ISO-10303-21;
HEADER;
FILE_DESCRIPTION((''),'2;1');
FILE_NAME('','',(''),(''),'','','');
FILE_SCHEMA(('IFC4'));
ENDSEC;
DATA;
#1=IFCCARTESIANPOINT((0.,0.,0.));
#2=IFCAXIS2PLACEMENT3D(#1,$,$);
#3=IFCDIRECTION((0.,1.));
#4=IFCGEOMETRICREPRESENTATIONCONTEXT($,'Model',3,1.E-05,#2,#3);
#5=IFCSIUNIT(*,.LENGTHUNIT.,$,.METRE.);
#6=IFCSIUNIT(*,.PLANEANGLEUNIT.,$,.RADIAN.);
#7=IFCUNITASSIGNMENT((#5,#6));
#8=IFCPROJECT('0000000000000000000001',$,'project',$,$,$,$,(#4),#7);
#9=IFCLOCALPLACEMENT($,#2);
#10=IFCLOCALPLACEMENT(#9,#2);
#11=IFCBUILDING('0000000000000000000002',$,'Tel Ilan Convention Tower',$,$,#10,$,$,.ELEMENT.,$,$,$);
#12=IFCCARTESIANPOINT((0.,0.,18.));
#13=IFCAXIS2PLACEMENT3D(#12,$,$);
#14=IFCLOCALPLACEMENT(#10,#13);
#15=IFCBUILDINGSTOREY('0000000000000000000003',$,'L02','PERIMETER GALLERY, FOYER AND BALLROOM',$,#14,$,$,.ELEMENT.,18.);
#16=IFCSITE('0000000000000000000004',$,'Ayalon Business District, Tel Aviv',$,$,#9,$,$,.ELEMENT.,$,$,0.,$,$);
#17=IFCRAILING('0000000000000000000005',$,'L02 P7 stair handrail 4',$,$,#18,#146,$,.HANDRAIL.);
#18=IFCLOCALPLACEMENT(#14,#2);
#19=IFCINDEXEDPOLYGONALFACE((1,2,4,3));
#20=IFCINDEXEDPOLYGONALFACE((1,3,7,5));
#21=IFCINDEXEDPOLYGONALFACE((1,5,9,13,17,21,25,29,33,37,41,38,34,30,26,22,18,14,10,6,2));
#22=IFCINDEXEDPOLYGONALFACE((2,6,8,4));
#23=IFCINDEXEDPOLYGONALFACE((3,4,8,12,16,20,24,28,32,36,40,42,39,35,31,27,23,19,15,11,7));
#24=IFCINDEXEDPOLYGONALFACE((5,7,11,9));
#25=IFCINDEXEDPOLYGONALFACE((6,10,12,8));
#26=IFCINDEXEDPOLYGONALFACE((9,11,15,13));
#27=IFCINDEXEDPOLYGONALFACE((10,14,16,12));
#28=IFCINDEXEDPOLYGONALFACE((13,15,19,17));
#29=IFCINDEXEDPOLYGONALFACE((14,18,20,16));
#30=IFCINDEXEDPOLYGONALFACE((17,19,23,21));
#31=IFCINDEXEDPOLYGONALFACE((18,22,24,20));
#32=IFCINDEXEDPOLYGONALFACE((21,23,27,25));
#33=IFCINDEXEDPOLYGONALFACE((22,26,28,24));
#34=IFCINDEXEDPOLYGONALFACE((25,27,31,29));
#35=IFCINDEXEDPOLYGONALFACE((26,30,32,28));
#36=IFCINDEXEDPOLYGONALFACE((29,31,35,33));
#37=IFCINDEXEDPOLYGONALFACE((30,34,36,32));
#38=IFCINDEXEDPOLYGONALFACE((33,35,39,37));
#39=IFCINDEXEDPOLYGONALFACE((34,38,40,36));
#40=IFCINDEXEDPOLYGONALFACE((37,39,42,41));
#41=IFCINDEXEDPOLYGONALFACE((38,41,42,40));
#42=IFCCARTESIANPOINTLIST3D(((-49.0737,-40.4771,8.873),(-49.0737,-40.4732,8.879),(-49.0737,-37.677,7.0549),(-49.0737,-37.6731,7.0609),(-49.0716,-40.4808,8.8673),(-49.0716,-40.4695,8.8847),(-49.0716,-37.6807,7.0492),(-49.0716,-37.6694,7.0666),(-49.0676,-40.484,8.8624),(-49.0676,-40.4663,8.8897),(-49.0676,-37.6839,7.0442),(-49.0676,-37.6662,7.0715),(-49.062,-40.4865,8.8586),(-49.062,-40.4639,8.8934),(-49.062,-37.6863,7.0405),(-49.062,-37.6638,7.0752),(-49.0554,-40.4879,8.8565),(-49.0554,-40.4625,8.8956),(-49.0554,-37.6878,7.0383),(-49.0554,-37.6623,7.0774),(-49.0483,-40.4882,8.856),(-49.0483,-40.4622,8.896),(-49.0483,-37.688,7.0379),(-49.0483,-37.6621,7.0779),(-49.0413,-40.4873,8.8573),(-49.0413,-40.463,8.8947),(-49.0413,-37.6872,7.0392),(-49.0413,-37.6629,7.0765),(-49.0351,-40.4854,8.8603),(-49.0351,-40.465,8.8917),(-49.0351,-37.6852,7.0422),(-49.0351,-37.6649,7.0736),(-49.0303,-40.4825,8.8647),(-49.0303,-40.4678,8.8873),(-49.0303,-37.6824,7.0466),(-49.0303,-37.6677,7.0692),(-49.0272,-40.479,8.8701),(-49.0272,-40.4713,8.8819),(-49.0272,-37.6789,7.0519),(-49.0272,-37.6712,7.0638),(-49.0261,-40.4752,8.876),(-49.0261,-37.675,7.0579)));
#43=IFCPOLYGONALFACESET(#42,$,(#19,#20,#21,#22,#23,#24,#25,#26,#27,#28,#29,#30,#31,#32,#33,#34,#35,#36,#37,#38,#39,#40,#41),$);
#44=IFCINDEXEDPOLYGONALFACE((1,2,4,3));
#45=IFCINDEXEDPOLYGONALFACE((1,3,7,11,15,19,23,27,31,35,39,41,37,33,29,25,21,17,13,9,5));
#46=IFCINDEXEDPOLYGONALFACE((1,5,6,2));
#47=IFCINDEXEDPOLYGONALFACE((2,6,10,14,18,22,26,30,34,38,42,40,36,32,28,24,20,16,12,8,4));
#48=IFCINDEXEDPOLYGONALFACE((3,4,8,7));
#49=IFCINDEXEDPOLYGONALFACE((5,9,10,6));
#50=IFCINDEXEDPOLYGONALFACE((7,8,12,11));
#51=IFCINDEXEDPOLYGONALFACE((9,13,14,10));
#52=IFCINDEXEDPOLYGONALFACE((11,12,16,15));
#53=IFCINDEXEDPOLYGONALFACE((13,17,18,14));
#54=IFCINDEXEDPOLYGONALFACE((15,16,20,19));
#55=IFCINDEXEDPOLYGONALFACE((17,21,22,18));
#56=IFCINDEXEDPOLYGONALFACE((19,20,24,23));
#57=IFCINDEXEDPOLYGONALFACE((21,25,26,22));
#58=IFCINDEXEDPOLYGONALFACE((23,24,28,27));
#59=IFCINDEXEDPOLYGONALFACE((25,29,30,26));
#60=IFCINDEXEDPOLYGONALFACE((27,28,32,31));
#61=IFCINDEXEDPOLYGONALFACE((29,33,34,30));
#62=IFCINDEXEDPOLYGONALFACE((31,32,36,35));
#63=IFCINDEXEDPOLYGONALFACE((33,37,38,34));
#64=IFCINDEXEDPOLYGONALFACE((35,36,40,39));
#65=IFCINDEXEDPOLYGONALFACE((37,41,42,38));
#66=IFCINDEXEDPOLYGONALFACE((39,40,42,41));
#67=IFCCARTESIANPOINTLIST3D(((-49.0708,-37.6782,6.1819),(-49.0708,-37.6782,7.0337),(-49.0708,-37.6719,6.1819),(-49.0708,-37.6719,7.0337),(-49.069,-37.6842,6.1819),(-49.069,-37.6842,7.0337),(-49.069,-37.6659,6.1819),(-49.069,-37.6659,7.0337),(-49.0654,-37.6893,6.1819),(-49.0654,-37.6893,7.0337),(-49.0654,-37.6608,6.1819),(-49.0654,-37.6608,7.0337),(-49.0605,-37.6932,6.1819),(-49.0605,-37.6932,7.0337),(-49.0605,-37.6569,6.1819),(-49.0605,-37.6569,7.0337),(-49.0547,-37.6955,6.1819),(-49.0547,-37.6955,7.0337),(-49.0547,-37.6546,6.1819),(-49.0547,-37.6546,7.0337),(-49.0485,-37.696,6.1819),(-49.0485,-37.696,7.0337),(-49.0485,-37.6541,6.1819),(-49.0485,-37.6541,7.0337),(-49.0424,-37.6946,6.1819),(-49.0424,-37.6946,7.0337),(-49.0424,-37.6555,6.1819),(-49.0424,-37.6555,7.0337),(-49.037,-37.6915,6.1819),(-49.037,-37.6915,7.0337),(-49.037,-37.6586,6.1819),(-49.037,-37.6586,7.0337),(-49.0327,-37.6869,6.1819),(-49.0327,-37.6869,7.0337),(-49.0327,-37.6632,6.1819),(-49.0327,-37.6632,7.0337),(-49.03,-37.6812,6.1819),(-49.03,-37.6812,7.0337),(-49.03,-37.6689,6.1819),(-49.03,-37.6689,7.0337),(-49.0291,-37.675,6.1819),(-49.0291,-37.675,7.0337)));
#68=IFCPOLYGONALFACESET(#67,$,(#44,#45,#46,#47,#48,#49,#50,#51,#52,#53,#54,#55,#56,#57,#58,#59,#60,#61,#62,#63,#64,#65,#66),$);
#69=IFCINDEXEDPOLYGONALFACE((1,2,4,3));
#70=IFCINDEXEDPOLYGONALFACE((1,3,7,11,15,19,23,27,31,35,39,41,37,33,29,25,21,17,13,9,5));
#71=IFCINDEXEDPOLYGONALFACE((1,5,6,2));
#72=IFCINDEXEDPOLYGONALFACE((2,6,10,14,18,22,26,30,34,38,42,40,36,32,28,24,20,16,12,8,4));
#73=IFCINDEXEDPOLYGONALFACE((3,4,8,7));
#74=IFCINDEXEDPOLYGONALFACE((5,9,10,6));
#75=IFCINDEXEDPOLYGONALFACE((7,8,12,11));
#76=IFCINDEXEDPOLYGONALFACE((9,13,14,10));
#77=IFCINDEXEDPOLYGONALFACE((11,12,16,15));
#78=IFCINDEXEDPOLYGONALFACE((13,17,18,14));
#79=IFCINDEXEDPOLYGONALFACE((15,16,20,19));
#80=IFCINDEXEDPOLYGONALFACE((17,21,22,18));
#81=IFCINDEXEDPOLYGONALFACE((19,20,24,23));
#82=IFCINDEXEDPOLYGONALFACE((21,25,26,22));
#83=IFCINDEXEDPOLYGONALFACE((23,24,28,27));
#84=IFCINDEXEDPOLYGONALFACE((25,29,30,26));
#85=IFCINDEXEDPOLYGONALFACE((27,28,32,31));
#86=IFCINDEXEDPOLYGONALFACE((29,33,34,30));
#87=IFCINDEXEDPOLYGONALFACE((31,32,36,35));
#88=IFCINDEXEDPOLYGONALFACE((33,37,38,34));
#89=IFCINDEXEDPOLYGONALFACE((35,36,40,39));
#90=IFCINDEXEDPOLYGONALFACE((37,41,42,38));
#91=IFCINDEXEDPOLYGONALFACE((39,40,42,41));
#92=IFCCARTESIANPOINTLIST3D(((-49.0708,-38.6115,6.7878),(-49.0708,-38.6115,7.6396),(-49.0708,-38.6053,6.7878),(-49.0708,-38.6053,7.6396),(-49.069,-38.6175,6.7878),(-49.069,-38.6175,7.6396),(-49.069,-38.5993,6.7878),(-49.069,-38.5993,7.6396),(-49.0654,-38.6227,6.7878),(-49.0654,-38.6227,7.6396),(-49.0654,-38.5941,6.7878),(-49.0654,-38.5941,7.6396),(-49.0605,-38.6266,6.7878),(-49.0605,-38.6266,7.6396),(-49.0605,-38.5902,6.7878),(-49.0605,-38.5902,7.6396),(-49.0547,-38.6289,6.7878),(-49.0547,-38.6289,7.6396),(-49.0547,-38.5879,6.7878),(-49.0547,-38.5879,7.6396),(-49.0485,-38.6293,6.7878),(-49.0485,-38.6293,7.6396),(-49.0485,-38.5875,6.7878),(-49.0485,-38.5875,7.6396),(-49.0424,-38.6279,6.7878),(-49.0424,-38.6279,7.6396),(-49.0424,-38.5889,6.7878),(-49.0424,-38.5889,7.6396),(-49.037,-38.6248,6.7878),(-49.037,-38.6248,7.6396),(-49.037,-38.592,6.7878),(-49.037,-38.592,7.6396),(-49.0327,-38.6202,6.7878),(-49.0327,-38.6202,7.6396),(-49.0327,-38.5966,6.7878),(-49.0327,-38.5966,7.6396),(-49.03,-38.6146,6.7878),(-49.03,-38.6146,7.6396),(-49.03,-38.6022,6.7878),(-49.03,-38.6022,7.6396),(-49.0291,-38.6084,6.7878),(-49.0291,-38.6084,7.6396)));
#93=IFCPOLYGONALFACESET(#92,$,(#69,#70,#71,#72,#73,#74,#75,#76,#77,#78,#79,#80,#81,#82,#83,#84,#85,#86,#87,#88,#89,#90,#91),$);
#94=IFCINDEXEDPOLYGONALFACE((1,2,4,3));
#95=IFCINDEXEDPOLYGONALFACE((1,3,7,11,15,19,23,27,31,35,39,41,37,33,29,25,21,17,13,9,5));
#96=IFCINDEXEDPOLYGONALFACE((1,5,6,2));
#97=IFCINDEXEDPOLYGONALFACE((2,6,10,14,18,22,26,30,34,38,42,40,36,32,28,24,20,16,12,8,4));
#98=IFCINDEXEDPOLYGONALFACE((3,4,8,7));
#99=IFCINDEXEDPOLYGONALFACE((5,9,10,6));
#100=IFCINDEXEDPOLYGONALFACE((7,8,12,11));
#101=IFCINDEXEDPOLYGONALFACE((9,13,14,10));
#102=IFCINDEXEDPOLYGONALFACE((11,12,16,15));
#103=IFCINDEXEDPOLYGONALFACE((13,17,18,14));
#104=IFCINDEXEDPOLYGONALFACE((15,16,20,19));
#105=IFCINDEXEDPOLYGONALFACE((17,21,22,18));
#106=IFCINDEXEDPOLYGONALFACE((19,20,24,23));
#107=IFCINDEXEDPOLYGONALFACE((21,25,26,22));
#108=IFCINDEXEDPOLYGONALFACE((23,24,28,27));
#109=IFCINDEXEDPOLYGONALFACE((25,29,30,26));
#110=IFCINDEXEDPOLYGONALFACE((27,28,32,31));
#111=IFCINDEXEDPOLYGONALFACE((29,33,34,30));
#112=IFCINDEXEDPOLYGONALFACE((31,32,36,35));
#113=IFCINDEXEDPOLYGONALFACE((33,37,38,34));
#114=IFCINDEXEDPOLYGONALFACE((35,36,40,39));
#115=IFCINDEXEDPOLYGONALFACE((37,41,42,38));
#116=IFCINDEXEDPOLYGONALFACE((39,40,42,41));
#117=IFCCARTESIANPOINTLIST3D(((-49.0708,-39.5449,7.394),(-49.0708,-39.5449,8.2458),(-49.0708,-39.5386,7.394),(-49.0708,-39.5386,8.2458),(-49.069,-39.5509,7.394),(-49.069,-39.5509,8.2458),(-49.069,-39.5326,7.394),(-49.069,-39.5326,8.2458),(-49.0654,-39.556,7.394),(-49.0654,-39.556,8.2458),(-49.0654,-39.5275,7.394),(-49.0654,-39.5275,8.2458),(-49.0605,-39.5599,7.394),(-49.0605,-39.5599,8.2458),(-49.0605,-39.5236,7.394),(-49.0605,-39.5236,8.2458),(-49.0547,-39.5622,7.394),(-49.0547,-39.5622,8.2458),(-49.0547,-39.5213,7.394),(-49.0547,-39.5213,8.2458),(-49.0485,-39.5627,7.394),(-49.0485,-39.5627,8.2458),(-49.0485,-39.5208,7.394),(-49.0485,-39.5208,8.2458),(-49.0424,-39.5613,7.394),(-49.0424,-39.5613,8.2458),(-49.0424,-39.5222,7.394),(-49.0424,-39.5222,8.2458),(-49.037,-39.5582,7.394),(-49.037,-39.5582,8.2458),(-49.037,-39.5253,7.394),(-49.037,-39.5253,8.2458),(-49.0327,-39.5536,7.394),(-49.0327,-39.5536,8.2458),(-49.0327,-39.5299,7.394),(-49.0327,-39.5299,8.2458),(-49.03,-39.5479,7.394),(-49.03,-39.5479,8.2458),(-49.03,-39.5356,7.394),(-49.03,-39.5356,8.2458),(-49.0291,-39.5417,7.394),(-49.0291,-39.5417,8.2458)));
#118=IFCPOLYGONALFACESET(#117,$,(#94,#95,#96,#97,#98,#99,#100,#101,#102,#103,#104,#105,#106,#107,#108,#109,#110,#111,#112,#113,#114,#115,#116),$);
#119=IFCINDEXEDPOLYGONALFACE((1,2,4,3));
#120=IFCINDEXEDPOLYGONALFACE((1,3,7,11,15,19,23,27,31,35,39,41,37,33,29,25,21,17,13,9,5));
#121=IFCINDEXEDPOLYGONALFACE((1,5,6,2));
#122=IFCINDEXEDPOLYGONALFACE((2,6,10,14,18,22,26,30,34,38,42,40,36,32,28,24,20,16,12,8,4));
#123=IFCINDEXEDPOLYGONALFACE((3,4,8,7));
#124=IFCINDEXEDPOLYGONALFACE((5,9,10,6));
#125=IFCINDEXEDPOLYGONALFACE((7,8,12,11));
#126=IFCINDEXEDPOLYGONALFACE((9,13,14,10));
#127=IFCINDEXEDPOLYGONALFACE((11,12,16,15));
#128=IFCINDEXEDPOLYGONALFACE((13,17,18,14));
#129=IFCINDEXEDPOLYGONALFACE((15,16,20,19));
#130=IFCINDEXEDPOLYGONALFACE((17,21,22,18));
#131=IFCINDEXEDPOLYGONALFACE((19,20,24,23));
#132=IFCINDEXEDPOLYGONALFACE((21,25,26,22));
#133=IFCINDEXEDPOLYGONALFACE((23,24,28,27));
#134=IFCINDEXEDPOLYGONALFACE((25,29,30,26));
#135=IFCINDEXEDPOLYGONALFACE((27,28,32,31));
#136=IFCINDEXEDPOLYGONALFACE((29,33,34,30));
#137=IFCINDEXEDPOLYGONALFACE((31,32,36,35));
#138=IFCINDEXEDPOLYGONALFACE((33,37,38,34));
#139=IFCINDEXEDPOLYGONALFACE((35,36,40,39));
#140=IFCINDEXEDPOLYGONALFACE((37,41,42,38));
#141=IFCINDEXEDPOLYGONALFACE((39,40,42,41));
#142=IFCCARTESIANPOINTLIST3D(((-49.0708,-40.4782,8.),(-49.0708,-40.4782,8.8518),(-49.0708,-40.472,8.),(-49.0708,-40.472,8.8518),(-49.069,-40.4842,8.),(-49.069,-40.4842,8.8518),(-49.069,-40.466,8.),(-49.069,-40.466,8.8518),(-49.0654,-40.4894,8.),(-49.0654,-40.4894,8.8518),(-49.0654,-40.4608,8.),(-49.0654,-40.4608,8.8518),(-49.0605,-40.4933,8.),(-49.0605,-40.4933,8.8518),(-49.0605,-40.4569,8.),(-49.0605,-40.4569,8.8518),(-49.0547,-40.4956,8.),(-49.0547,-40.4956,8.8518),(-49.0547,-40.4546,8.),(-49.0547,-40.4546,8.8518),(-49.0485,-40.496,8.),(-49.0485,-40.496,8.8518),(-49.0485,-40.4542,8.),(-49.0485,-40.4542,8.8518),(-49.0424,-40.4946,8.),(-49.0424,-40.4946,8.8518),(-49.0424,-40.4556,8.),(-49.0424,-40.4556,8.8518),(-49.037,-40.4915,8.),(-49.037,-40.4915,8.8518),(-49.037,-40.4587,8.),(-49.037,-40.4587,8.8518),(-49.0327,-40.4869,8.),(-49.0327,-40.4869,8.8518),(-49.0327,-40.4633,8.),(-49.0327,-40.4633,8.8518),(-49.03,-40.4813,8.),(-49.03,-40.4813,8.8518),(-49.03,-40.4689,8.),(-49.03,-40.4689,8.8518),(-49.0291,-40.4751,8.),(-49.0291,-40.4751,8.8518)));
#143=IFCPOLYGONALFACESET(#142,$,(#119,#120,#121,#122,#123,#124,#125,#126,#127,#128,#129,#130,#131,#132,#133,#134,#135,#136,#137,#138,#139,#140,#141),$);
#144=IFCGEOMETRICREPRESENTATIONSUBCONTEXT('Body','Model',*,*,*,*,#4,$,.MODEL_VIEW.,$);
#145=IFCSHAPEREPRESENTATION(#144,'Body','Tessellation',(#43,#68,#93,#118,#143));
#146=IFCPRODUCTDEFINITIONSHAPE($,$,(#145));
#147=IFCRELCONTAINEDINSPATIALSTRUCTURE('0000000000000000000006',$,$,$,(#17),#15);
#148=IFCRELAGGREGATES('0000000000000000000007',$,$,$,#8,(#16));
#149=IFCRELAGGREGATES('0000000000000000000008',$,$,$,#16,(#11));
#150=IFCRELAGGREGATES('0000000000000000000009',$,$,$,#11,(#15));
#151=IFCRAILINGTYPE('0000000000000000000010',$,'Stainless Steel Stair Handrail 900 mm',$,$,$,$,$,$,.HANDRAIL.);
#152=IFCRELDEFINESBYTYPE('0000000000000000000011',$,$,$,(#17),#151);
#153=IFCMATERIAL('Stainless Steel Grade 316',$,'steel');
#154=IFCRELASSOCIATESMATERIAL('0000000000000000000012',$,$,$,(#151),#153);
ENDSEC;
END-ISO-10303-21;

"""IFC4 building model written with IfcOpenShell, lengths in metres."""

from ifc_helpers import new_model, si_unit, direction, frame, origin, origin_2d, place, context, subcontext, project, spatial, circle, extrude, material, type_object, element, save


model = new_model("IFC4")

# Units and contexts
model_context = context("Model", 3, precision=1e-05, world=origin(), true_north=direction((0.0, 1.0)))
body_context = subcontext(model_context, "Body", "Model", "MODEL_VIEW")
ifc_project = project(units=[si_unit("LENGTHUNIT", "METRE"), si_unit("PLANEANGLEUNIT", "RADIAN")], contexts=[model_context])

# Site, building, storey
site_placement = place(None, origin())
site = spatial("IfcSite", under=ifc_project, at=site_placement, Name="Ayalon Business District, Tel Aviv", CompositionType="ELEMENT", RefElevation=0.0)
building_placement = place(site_placement, origin())
building = spatial("IfcBuilding", under=site, at=building_placement, Name="Tel Ilan Convention Tower", CompositionType="ELEMENT")
storey_placement = place(building_placement, frame((0.0, 0.0, 18.0)))
storey = spatial("IfcBuildingStorey", under=building, at=storey_placement, Name="L02", Description="PERIMETER GALLERY, FOYER AND BALLROOM", CompositionType="ELEMENT", Elevation=18.0)

# Railing
ifc_material_1 = material(Name="Stainless Steel Grade 316", Category="steel")
railing_type_1 = type_object("IfcRailingType", Name="Stainless Steel Stair Handrail 900 mm", PredefinedType="HANDRAIL", material=ifc_material_1)
railing_1_placement = place(storey_placement, frame((-49.05, -37.675, 6.1819)))
element("IfcRailing", 1, at=railing_1_placement, inside=storey, type_object=railing_type_1, Name="L02 P7 stair handrail 4", PredefinedType="HANDRAIL", context=body_context, shape_type="SweptSolid", body=[
    extrude(circle(Radius=0.0239, at=origin_2d()), frame((0.0, 0.0, 0.876), z_axis=(0.0, -0.838706, 0.544585), x_axis=(1.0, 0.0, 0.0)), (0.0, 0.0, 1.0), 3.3386),
    extrude(circle(Radius=0.021, at=origin_2d()), origin(), (0.0, 0.0, 1.0), 0.8518),
    extrude(circle(Radius=0.021, at=origin_2d()), frame((0.0, -0.9333, 0.606)), (0.0, 0.0, 1.0), 0.8518),
    extrude(circle(Radius=0.021, at=origin_2d()), frame((0.0, -1.8667, 1.2122)), (0.0, 0.0, 1.0), 0.8518),
    extrude(circle(Radius=0.021, at=origin_2d()), frame((0.0, -2.8, 1.8181)), (0.0, 0.0, 1.0), 0.8518),
])

save(model, "model.ifc")
